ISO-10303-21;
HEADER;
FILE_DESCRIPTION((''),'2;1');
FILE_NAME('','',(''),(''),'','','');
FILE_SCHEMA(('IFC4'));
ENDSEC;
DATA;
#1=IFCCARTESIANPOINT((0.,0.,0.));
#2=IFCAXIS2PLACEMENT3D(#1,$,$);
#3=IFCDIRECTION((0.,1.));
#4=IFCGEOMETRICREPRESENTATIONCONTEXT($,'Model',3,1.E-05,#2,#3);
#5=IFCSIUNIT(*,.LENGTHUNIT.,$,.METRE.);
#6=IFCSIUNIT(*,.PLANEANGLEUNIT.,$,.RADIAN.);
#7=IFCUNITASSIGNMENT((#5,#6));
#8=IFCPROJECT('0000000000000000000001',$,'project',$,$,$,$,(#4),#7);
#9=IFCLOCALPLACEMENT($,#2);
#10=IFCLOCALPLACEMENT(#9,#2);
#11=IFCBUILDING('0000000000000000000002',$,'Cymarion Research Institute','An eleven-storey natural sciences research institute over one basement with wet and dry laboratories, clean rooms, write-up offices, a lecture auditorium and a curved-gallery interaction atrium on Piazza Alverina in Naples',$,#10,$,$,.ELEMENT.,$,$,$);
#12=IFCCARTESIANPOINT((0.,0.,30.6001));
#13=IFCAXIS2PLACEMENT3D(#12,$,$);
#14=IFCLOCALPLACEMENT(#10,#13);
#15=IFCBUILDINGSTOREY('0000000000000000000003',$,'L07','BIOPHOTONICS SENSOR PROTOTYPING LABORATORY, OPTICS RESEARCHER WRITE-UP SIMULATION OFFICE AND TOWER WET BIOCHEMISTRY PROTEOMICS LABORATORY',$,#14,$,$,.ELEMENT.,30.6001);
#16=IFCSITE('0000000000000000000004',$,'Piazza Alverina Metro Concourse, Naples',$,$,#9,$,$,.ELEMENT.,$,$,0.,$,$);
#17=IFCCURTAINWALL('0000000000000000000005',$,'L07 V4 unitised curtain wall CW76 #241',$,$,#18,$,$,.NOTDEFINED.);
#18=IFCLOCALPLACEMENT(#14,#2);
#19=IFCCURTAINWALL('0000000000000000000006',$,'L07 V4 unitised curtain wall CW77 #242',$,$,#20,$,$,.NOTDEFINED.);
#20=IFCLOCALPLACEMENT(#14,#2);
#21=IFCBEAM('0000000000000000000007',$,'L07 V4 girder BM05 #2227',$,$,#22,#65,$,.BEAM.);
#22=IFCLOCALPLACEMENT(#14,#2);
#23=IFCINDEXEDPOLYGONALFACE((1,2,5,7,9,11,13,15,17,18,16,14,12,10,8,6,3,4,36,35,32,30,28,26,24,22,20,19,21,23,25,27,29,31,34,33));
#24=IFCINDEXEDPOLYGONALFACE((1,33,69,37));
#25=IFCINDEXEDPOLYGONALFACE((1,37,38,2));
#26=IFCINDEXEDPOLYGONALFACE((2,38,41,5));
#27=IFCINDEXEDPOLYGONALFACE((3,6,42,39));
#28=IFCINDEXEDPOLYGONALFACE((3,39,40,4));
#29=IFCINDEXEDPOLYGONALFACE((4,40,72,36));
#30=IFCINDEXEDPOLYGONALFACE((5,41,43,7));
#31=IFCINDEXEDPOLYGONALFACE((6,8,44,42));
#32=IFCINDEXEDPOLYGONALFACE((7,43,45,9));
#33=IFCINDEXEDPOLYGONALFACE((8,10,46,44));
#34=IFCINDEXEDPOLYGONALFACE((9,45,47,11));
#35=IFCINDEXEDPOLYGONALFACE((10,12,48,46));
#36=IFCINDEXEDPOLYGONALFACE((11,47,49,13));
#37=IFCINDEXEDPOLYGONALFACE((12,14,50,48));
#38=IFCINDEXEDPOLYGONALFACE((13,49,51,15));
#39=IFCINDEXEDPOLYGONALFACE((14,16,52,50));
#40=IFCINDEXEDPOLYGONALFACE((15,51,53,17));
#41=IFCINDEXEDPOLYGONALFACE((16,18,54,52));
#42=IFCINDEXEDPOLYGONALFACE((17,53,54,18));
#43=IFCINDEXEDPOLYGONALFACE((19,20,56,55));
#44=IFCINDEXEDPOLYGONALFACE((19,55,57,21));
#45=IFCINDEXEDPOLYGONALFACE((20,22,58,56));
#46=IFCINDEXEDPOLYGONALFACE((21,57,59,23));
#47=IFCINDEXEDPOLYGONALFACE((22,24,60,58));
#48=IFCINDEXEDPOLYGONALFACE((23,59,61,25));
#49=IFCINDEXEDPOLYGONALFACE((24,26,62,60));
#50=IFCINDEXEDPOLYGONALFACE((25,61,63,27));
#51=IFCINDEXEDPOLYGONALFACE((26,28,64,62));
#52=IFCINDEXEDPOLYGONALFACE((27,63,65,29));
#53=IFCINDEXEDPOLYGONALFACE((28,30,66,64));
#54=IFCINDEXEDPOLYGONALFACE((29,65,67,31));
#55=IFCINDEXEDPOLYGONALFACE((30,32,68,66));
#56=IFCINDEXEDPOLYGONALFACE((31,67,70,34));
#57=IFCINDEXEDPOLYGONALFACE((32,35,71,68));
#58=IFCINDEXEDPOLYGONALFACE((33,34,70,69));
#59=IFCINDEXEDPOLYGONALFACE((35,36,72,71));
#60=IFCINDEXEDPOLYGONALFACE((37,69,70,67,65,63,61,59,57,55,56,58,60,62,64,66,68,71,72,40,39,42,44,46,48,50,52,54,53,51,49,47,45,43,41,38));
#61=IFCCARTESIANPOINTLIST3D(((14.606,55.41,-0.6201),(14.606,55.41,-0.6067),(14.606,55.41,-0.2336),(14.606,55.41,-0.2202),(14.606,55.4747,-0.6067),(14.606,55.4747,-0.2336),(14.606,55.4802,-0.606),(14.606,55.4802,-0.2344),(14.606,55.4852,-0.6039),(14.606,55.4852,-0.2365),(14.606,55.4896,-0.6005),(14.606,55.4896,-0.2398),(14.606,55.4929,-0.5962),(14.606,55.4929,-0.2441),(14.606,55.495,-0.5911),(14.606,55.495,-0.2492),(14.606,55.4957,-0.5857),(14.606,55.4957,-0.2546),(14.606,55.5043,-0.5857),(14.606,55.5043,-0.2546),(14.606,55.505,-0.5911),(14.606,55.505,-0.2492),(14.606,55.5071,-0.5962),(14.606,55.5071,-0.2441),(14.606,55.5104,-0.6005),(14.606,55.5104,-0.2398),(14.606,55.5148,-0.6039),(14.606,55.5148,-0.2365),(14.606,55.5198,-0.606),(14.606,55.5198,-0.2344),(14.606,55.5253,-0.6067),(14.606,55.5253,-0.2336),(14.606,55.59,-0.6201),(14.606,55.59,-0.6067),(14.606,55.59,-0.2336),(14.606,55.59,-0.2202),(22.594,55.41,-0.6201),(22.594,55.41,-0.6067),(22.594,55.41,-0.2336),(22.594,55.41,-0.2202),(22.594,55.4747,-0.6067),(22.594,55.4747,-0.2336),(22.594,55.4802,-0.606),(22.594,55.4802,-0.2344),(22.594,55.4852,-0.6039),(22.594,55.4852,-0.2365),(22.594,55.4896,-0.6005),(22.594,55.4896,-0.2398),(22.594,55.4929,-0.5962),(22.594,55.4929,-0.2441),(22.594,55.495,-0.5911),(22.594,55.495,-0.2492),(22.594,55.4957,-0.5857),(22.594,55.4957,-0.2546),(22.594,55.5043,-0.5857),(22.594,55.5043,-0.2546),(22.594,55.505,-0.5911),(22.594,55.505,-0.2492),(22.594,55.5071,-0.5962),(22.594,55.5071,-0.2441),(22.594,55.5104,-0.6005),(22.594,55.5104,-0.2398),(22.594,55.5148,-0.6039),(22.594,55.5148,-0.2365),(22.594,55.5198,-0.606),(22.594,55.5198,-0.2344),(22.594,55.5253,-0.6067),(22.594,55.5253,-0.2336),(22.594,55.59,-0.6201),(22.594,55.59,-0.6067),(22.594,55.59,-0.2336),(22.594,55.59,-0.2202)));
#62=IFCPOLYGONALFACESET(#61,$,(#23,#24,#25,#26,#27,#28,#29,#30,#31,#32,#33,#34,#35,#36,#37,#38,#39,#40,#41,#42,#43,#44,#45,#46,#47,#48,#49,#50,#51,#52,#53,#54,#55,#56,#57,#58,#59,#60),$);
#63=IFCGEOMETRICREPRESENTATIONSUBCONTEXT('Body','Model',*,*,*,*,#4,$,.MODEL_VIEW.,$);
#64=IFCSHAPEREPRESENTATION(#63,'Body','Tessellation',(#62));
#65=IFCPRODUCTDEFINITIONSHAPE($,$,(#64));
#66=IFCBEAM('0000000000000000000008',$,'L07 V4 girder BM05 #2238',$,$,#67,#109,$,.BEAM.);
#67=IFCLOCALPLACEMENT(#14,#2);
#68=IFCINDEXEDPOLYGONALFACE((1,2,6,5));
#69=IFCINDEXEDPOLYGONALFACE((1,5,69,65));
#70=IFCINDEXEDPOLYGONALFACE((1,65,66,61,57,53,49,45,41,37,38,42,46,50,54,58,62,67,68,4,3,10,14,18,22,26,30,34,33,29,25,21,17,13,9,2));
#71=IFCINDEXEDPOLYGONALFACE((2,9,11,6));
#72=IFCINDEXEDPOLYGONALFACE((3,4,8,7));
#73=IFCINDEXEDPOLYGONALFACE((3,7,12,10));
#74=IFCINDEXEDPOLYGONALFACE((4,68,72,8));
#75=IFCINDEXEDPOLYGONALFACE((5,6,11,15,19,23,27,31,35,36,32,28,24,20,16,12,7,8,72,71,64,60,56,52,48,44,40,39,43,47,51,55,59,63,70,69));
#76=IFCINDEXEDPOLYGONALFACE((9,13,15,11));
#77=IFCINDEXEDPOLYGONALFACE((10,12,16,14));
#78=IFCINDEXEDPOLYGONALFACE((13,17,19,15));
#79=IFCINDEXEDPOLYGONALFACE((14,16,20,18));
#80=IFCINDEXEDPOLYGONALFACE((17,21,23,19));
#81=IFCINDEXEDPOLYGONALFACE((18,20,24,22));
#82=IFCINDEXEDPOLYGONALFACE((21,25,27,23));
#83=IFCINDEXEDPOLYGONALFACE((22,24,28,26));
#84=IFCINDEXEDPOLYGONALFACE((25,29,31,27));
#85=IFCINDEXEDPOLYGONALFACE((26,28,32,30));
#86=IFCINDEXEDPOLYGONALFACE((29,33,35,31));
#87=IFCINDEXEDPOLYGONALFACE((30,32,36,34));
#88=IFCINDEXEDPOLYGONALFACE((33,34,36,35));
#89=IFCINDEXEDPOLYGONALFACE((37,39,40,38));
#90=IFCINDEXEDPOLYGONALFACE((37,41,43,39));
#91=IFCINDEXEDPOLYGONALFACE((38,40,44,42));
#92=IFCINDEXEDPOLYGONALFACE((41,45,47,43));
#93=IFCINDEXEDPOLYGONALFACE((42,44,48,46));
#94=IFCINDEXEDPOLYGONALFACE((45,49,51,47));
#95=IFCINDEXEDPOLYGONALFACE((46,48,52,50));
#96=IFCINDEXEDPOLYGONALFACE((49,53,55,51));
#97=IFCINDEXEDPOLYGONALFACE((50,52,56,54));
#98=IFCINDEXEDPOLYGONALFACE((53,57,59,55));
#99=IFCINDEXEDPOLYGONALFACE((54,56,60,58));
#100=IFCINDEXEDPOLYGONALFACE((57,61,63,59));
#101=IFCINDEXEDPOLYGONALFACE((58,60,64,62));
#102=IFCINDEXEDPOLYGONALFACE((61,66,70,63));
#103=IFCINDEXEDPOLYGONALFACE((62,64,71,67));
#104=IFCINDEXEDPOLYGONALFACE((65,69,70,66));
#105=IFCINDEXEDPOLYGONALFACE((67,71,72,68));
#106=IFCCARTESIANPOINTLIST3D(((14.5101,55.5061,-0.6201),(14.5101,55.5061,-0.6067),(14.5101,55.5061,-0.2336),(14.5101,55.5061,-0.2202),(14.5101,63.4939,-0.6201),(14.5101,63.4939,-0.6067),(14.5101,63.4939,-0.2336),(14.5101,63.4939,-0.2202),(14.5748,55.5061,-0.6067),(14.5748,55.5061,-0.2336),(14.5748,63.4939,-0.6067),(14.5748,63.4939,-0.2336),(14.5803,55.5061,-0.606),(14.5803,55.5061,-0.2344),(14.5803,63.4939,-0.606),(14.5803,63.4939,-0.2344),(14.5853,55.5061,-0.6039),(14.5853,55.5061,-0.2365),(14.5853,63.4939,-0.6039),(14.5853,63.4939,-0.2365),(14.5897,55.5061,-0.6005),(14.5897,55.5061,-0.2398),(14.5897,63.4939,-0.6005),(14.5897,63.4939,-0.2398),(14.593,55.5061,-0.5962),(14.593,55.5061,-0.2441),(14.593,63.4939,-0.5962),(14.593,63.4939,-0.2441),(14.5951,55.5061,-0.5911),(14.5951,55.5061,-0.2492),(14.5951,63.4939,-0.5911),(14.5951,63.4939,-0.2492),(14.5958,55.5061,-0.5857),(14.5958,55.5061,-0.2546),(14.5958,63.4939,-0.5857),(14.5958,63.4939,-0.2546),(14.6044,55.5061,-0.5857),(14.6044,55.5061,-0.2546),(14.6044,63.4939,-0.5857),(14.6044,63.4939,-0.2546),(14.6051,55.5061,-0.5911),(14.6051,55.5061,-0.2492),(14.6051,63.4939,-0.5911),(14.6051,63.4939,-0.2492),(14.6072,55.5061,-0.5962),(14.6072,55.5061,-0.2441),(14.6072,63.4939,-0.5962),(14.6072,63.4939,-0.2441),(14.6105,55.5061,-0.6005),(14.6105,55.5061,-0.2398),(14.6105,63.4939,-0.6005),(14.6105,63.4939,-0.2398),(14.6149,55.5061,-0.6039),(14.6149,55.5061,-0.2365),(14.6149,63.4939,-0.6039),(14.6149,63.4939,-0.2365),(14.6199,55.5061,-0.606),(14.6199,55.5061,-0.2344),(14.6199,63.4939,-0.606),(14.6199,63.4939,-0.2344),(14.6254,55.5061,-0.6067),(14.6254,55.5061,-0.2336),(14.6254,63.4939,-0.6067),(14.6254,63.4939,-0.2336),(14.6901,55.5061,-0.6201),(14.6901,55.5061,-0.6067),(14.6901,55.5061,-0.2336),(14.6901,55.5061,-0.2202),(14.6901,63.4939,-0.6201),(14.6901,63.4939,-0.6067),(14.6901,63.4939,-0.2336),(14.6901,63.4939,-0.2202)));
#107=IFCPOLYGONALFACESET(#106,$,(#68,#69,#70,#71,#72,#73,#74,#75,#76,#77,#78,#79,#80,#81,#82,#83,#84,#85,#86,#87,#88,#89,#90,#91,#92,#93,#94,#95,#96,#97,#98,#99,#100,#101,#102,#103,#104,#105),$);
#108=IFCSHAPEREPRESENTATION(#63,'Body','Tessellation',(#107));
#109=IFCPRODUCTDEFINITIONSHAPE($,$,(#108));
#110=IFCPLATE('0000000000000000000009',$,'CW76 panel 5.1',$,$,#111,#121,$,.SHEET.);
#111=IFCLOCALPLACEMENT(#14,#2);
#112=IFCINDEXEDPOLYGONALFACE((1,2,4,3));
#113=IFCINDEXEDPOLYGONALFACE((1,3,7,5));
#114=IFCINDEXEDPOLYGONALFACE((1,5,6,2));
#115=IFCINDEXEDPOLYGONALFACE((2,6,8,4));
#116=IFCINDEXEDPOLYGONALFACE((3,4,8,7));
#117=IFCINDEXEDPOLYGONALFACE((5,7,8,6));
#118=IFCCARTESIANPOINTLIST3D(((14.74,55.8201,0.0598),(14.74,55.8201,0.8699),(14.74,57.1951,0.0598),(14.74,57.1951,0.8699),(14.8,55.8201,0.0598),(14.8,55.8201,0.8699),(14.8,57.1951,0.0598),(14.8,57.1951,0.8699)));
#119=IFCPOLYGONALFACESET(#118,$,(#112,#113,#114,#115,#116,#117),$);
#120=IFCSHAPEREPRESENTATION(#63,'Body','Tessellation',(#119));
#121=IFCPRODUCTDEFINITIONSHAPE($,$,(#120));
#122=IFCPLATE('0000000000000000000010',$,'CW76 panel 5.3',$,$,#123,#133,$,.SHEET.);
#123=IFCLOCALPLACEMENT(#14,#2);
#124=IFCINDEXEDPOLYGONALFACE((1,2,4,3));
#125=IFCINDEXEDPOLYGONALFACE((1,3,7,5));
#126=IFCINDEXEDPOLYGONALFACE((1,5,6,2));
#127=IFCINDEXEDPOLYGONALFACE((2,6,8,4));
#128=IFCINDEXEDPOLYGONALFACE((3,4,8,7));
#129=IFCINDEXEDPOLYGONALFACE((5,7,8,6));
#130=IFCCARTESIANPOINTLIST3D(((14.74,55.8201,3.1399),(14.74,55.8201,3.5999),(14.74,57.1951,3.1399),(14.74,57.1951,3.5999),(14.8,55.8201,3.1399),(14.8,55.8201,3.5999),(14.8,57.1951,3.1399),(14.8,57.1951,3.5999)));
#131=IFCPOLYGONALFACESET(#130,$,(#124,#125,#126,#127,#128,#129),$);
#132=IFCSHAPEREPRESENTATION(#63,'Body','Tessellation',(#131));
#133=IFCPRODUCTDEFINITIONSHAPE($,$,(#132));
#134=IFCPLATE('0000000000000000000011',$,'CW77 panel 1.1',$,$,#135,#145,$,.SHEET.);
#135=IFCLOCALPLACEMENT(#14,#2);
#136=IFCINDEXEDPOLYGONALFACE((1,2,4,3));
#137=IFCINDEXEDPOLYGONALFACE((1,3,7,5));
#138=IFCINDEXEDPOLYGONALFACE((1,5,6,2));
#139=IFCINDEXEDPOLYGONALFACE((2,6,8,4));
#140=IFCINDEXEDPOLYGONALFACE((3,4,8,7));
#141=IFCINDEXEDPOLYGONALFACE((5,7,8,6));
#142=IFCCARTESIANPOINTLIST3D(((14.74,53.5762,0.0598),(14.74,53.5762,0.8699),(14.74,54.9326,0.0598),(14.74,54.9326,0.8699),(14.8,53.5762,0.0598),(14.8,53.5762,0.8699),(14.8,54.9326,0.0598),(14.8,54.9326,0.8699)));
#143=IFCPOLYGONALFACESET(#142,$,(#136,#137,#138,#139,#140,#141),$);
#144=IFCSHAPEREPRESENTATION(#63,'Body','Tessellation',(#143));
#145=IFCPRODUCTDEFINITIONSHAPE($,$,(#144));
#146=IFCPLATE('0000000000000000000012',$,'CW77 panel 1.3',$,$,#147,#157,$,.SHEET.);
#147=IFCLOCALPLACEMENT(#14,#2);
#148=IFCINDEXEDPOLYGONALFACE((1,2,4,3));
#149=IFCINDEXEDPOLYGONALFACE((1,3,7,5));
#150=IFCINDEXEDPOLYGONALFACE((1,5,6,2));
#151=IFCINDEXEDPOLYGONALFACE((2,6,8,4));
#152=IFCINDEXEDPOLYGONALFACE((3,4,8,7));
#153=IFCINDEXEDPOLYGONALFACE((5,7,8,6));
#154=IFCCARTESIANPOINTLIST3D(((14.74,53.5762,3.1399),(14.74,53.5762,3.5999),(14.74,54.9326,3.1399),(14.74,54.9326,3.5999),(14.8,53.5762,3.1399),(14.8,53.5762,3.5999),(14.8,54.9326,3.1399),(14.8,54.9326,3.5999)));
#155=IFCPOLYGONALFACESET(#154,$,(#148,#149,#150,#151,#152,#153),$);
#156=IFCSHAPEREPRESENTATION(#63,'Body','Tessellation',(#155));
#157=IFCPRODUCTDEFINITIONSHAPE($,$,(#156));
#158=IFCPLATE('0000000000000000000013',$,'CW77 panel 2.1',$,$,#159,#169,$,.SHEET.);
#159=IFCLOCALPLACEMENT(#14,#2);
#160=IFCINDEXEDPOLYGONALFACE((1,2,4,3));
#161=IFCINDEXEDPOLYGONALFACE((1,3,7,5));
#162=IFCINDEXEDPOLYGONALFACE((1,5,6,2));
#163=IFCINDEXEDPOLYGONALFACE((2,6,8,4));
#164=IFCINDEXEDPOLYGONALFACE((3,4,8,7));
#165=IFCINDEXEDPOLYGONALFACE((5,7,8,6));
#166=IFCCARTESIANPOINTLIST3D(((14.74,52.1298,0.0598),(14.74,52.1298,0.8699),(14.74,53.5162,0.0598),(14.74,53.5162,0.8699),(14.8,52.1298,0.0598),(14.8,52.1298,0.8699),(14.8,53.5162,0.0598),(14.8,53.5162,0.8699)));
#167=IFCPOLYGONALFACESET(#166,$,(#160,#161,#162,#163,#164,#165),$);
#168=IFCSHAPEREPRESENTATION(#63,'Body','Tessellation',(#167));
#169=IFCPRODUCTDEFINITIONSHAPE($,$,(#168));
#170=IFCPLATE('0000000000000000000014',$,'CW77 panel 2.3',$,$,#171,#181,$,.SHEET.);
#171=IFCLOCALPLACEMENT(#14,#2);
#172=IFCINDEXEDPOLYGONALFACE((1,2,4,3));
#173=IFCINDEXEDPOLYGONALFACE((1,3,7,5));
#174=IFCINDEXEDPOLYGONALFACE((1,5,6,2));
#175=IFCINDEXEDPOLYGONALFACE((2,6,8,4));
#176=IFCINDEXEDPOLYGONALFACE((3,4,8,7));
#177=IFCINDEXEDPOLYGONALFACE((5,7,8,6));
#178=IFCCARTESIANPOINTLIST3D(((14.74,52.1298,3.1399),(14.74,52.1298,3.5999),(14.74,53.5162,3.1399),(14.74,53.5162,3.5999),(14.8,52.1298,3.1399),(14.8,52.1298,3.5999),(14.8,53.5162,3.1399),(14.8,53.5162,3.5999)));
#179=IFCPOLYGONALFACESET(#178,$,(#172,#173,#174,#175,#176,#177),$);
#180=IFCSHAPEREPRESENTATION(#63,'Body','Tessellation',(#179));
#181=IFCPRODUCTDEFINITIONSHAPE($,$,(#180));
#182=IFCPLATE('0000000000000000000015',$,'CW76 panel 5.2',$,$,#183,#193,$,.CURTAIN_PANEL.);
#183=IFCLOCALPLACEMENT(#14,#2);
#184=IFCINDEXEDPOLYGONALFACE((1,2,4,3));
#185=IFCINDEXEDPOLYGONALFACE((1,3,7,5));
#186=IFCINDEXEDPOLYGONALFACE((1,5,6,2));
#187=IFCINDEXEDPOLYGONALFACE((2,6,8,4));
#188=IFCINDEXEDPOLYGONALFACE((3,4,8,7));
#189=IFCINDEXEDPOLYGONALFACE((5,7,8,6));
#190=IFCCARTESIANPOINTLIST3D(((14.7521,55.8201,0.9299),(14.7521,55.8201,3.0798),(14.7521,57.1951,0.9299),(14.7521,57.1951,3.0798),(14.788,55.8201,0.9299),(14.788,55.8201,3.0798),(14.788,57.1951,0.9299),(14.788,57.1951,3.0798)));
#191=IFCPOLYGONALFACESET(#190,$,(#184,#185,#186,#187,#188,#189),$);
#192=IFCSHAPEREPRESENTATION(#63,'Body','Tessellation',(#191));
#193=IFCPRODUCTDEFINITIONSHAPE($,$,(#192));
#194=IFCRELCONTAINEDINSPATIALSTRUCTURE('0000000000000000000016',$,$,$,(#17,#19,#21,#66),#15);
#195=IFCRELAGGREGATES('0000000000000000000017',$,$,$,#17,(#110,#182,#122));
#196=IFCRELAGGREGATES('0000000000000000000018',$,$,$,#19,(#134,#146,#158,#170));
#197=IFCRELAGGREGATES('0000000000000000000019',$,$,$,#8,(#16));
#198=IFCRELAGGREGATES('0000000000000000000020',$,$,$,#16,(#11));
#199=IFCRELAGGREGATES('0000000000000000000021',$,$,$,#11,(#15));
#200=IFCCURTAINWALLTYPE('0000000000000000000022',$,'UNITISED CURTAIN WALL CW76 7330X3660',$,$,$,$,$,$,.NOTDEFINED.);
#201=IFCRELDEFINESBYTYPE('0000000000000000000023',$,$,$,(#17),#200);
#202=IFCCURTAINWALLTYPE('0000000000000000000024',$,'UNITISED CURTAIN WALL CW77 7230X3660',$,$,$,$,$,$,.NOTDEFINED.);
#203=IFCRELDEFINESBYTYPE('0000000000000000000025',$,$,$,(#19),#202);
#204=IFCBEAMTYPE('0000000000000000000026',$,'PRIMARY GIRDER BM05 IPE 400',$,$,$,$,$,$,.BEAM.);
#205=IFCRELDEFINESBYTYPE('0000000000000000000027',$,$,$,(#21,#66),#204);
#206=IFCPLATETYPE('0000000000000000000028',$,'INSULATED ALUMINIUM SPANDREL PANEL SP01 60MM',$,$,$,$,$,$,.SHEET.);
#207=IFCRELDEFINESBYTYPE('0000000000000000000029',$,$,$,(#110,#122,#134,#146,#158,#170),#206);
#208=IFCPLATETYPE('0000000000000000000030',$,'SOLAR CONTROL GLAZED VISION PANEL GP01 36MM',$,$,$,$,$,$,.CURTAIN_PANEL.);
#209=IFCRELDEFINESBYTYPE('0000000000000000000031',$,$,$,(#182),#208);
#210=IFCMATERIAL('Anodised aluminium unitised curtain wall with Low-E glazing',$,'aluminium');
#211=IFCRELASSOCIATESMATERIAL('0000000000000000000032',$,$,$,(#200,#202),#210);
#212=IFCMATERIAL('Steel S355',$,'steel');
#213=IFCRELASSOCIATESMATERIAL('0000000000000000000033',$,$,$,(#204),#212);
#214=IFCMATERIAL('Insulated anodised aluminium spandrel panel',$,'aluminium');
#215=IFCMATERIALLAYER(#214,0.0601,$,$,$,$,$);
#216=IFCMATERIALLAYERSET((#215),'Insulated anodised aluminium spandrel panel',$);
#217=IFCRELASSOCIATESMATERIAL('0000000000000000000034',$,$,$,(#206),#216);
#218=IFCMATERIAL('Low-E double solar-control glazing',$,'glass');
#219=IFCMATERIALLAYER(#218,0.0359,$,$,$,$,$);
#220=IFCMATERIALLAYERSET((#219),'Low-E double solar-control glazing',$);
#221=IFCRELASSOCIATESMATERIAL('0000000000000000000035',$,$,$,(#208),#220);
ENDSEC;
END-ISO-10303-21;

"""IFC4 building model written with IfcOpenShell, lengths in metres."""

from ifc_helpers import new_model, si_unit, direction, frame, origin, origin_2d, place, context, subcontext, project, spatial, rectangle, i_section, extrude, material, layer, layer_set, material_profile, profile_set, type_object, element, aggregate, save


model = new_model("IFC4")

# Units and contexts
model_context = context("Model", 3, precision=1e-05, world=origin(), true_north=direction((0.0, 1.0)))
body_context = subcontext(model_context, "Body", "Model", "MODEL_VIEW")
ifc_project = project(units=[si_unit("LENGTHUNIT", "METRE"), si_unit("PLANEANGLEUNIT", "RADIAN")], contexts=[model_context])

# Site, building, storey
site_placement = place(None, origin())
site = spatial("IfcSite", under=ifc_project, at=site_placement, Name="Piazza Alverina Metro Concourse, Naples", CompositionType="ELEMENT", RefElevation=0.0)
building_placement = place(site_placement, origin())
building = spatial("IfcBuilding", under=site, at=building_placement, Name="Cymarion Research Institute", Description="An eleven-storey natural sciences research institute over one basement with wet and dry laboratories, clean rooms, write-up offices, a lecture auditorium and a curved-gallery interaction atrium on Piazza Alverina in Naples", CompositionType="ELEMENT")
storey_placement = place(building_placement, frame((0.0, 0.0, 30.6001)))
storey = spatial("IfcBuildingStorey", under=building, at=storey_placement, Name="L07", Description="BIOPHOTONICS SENSOR PROTOTYPING LABORATORY, OPTICS RESEARCHER WRITE-UP SIMULATION OFFICE AND TOWER WET BIOCHEMISTRY PROTEOMICS LABORATORY", CompositionType="ELEMENT", Elevation=30.6001)

# Curtain wall
ifc_material_1 = material(Name="Anodised aluminium unitised curtain wall with Low-E glazing", Category="aluminium")
curtain_wall_type_1 = type_object("IfcCurtainWallType", Name="UNITISED CURTAIN WALL CW76 7330X3660", PredefinedType="NOTDEFINED", material=ifc_material_1)
curtain_wall_1_placement = place(storey_placement, origin())
curtain_wall_1 = element("IfcCurtainWall", 1, at=curtain_wall_1_placement, inside=storey, type_object=curtain_wall_type_1, Name="L07 V4 unitised curtain wall CW76 #241", PredefinedType="NOTDEFINED")

# Curtain wall
curtain_wall_type_2 = type_object("IfcCurtainWallType", Name="UNITISED CURTAIN WALL CW77 7230X3660", PredefinedType="NOTDEFINED", material=ifc_material_1)
curtain_wall_2_placement = place(storey_placement, origin())
curtain_wall_2 = element("IfcCurtainWall", 2, at=curtain_wall_2_placement, inside=storey, type_object=curtain_wall_type_2, Name="L07 V4 unitised curtain wall CW77 #242", PredefinedType="NOTDEFINED")

# Beams
ifc_material_2 = material(Name="Steel S355", Category="steel")
ifc_material_profile_1 = material_profile(ifc_material_2, i_section(OverallWidth=0.1799, OverallDepth=0.3999, WebThickness=0.0085, FlangeThickness=0.0134, FilletRadius=0.021, at=origin_2d()), Name="IPE 400")
ifc_profile_set_1 = profile_set([ifc_material_profile_1], Name="Steel S355")
beam_type = type_object("IfcBeamType", Name="PRIMARY GIRDER BM05 IPE 400", PredefinedType="BEAM", material=ifc_profile_set_1)
beam_1_placement = place(storey_placement, frame((14.606, 55.5, -0.4202), z_axis=(1.0, 0.0, 0.0), x_axis=(0.0, 1.0, 0.0)))
element("IfcBeam", 3, at=beam_1_placement, inside=storey, type_object=beam_type, Name="L07 V4 girder BM05 #2227", PredefinedType="BEAM", context=body_context, shape_type="SweptSolid", body=[
    extrude(i_section(OverallWidth=0.1799, OverallDepth=0.3999, WebThickness=0.0085, FlangeThickness=0.0134, FilletRadius=0.021, at=origin_2d()), origin(), (0.0, 0.0, 1.0), 7.988),
])
beam_2_placement = place(storey_placement, frame((14.6001, 55.5061, -0.4202), z_axis=(0.0, 1.0, 0.0), x_axis=(-1.0, 0.0, 0.0)))
element("IfcBeam", 4, at=beam_2_placement, inside=storey, type_object=beam_type, Name="L07 V4 girder BM05 #2238", PredefinedType="BEAM", context=body_context, shape_type="SweptSolid", body=[
    extrude(i_section(OverallWidth=0.1799, OverallDepth=0.3999, WebThickness=0.0085, FlangeThickness=0.0134, FilletRadius=0.021, at=origin_2d()), origin(), (0.0, 0.0, 1.0), 7.9878),
])

# Plates
ifc_material_3 = material(Name="Insulated anodised aluminium spandrel panel", Category="aluminium")
ifc_layer_1 = layer(ifc_material_3, 0.0601)
ifc_layer_set_1 = layer_set([ifc_layer_1], Name="Insulated anodised aluminium spandrel panel")
plate_type_1 = type_object("IfcPlateType", Name="INSULATED ALUMINIUM SPANDREL PANEL SP01 60MM", PredefinedType="SHEET", material=ifc_layer_set_1)
plate_1_placement = place(storey_placement, frame((14.77, 56.5076, 0.0598), z_axis=(0.0, 0.0, 1.0), x_axis=(0.0, -1.0, 0.0)))
plate_1 = element("IfcPlate", 5, at=plate_1_placement, type_object=plate_type_1, Name="CW76 panel 5.1", PredefinedType="SHEET", context=body_context, shape_type="SweptSolid", body=[
    extrude(rectangle(XDim=1.375, YDim=0.0601, at=origin_2d()), origin(), (0.0, 0.0, 1.0), 0.8101),
])
plate_2_placement = place(storey_placement, frame((14.77, 56.5076, 3.1399), z_axis=(0.0, 0.0, 1.0), x_axis=(0.0, -1.0, 0.0)))
plate_2 = element("IfcPlate", 6, at=plate_2_placement, type_object=plate_type_1, Name="CW76 panel 5.3", PredefinedType="SHEET", context=body_context, shape_type="SweptSolid", body=[
    extrude(rectangle(XDim=1.375, YDim=0.0601, at=origin_2d()), origin(), (0.0, 0.0, 1.0), 0.46),
])
plate_3_placement = place(storey_placement, frame((14.77, 54.2544, 0.0598), z_axis=(0.0, 0.0, 1.0), x_axis=(0.0, -1.0, 0.0)))
plate_3 = element("IfcPlate", 7, at=plate_3_placement, type_object=plate_type_1, Name="CW77 panel 1.1", PredefinedType="SHEET", context=body_context, shape_type="SweptSolid", body=[
    extrude(rectangle(XDim=1.3564, YDim=0.0601, at=origin_2d()), origin(), (0.0, 0.0, 1.0), 0.8101),
])
plate_4_placement = place(storey_placement, frame((14.77, 54.2544, 3.1399), z_axis=(0.0, 0.0, 1.0), x_axis=(0.0, -1.0, 0.0)))
plate_4 = element("IfcPlate", 8, at=plate_4_placement, type_object=plate_type_1, Name="CW77 panel 1.3", PredefinedType="SHEET", context=body_context, shape_type="SweptSolid", body=[
    extrude(rectangle(XDim=1.3564, YDim=0.0601, at=origin_2d()), origin(), (0.0, 0.0, 1.0), 0.46),
])
plate_5_placement = place(storey_placement, frame((14.77, 52.823, 0.0598), z_axis=(0.0, 0.0, 1.0), x_axis=(0.0, -1.0, 0.0)))
plate_5 = element("IfcPlate", 9, at=plate_5_placement, type_object=plate_type_1, Name="CW77 panel 2.1", PredefinedType="SHEET", context=body_context, shape_type="SweptSolid", body=[
    extrude(rectangle(XDim=1.3865, YDim=0.0601, at=origin_2d()), origin(), (0.0, 0.0, 1.0), 0.8101),
])
plate_6_placement = place(storey_placement, frame((14.77, 52.823, 3.1399), z_axis=(0.0, 0.0, 1.0), x_axis=(0.0, -1.0, 0.0)))
plate_6 = element("IfcPlate", 10, at=plate_6_placement, type_object=plate_type_1, Name="CW77 panel 2.3", PredefinedType="SHEET", context=body_context, shape_type="SweptSolid", body=[
    extrude(rectangle(XDim=1.3865, YDim=0.0601, at=origin_2d()), origin(), (0.0, 0.0, 1.0), 0.46),
])
ifc_material_4 = material(Name="Low-E double solar-control glazing", Category="glass")
ifc_layer_2 = layer(ifc_material_4, 0.0359)
ifc_layer_set_2 = layer_set([ifc_layer_2], Name="Low-E double solar-control glazing")
plate_type_2 = type_object("IfcPlateType", Name="SOLAR CONTROL GLAZED VISION PANEL GP01 36MM", PredefinedType="CURTAIN_PANEL", material=ifc_layer_set_2)
plate_7_placement = place(storey_placement, frame((14.77, 56.5076, 0.9299), z_axis=(0.0, 0.0, 1.0), x_axis=(0.0, -1.0, 0.0)))
plate_7 = element("IfcPlate", 11, at=plate_7_placement, type_object=plate_type_2, Name="CW76 panel 5.2", PredefinedType="CURTAIN_PANEL", context=body_context, shape_type="SweptSolid", body=[
    extrude(rectangle(XDim=1.375, YDim=0.0359, at=origin_2d()), origin(), (0.0, 0.0, 1.0), 2.1499),
])
aggregate(curtain_wall_1, [plate_1, plate_7, plate_2])
aggregate(curtain_wall_2, [plate_3, plate_4, plate_5, plate_6])

save(model, "model.ifc")
